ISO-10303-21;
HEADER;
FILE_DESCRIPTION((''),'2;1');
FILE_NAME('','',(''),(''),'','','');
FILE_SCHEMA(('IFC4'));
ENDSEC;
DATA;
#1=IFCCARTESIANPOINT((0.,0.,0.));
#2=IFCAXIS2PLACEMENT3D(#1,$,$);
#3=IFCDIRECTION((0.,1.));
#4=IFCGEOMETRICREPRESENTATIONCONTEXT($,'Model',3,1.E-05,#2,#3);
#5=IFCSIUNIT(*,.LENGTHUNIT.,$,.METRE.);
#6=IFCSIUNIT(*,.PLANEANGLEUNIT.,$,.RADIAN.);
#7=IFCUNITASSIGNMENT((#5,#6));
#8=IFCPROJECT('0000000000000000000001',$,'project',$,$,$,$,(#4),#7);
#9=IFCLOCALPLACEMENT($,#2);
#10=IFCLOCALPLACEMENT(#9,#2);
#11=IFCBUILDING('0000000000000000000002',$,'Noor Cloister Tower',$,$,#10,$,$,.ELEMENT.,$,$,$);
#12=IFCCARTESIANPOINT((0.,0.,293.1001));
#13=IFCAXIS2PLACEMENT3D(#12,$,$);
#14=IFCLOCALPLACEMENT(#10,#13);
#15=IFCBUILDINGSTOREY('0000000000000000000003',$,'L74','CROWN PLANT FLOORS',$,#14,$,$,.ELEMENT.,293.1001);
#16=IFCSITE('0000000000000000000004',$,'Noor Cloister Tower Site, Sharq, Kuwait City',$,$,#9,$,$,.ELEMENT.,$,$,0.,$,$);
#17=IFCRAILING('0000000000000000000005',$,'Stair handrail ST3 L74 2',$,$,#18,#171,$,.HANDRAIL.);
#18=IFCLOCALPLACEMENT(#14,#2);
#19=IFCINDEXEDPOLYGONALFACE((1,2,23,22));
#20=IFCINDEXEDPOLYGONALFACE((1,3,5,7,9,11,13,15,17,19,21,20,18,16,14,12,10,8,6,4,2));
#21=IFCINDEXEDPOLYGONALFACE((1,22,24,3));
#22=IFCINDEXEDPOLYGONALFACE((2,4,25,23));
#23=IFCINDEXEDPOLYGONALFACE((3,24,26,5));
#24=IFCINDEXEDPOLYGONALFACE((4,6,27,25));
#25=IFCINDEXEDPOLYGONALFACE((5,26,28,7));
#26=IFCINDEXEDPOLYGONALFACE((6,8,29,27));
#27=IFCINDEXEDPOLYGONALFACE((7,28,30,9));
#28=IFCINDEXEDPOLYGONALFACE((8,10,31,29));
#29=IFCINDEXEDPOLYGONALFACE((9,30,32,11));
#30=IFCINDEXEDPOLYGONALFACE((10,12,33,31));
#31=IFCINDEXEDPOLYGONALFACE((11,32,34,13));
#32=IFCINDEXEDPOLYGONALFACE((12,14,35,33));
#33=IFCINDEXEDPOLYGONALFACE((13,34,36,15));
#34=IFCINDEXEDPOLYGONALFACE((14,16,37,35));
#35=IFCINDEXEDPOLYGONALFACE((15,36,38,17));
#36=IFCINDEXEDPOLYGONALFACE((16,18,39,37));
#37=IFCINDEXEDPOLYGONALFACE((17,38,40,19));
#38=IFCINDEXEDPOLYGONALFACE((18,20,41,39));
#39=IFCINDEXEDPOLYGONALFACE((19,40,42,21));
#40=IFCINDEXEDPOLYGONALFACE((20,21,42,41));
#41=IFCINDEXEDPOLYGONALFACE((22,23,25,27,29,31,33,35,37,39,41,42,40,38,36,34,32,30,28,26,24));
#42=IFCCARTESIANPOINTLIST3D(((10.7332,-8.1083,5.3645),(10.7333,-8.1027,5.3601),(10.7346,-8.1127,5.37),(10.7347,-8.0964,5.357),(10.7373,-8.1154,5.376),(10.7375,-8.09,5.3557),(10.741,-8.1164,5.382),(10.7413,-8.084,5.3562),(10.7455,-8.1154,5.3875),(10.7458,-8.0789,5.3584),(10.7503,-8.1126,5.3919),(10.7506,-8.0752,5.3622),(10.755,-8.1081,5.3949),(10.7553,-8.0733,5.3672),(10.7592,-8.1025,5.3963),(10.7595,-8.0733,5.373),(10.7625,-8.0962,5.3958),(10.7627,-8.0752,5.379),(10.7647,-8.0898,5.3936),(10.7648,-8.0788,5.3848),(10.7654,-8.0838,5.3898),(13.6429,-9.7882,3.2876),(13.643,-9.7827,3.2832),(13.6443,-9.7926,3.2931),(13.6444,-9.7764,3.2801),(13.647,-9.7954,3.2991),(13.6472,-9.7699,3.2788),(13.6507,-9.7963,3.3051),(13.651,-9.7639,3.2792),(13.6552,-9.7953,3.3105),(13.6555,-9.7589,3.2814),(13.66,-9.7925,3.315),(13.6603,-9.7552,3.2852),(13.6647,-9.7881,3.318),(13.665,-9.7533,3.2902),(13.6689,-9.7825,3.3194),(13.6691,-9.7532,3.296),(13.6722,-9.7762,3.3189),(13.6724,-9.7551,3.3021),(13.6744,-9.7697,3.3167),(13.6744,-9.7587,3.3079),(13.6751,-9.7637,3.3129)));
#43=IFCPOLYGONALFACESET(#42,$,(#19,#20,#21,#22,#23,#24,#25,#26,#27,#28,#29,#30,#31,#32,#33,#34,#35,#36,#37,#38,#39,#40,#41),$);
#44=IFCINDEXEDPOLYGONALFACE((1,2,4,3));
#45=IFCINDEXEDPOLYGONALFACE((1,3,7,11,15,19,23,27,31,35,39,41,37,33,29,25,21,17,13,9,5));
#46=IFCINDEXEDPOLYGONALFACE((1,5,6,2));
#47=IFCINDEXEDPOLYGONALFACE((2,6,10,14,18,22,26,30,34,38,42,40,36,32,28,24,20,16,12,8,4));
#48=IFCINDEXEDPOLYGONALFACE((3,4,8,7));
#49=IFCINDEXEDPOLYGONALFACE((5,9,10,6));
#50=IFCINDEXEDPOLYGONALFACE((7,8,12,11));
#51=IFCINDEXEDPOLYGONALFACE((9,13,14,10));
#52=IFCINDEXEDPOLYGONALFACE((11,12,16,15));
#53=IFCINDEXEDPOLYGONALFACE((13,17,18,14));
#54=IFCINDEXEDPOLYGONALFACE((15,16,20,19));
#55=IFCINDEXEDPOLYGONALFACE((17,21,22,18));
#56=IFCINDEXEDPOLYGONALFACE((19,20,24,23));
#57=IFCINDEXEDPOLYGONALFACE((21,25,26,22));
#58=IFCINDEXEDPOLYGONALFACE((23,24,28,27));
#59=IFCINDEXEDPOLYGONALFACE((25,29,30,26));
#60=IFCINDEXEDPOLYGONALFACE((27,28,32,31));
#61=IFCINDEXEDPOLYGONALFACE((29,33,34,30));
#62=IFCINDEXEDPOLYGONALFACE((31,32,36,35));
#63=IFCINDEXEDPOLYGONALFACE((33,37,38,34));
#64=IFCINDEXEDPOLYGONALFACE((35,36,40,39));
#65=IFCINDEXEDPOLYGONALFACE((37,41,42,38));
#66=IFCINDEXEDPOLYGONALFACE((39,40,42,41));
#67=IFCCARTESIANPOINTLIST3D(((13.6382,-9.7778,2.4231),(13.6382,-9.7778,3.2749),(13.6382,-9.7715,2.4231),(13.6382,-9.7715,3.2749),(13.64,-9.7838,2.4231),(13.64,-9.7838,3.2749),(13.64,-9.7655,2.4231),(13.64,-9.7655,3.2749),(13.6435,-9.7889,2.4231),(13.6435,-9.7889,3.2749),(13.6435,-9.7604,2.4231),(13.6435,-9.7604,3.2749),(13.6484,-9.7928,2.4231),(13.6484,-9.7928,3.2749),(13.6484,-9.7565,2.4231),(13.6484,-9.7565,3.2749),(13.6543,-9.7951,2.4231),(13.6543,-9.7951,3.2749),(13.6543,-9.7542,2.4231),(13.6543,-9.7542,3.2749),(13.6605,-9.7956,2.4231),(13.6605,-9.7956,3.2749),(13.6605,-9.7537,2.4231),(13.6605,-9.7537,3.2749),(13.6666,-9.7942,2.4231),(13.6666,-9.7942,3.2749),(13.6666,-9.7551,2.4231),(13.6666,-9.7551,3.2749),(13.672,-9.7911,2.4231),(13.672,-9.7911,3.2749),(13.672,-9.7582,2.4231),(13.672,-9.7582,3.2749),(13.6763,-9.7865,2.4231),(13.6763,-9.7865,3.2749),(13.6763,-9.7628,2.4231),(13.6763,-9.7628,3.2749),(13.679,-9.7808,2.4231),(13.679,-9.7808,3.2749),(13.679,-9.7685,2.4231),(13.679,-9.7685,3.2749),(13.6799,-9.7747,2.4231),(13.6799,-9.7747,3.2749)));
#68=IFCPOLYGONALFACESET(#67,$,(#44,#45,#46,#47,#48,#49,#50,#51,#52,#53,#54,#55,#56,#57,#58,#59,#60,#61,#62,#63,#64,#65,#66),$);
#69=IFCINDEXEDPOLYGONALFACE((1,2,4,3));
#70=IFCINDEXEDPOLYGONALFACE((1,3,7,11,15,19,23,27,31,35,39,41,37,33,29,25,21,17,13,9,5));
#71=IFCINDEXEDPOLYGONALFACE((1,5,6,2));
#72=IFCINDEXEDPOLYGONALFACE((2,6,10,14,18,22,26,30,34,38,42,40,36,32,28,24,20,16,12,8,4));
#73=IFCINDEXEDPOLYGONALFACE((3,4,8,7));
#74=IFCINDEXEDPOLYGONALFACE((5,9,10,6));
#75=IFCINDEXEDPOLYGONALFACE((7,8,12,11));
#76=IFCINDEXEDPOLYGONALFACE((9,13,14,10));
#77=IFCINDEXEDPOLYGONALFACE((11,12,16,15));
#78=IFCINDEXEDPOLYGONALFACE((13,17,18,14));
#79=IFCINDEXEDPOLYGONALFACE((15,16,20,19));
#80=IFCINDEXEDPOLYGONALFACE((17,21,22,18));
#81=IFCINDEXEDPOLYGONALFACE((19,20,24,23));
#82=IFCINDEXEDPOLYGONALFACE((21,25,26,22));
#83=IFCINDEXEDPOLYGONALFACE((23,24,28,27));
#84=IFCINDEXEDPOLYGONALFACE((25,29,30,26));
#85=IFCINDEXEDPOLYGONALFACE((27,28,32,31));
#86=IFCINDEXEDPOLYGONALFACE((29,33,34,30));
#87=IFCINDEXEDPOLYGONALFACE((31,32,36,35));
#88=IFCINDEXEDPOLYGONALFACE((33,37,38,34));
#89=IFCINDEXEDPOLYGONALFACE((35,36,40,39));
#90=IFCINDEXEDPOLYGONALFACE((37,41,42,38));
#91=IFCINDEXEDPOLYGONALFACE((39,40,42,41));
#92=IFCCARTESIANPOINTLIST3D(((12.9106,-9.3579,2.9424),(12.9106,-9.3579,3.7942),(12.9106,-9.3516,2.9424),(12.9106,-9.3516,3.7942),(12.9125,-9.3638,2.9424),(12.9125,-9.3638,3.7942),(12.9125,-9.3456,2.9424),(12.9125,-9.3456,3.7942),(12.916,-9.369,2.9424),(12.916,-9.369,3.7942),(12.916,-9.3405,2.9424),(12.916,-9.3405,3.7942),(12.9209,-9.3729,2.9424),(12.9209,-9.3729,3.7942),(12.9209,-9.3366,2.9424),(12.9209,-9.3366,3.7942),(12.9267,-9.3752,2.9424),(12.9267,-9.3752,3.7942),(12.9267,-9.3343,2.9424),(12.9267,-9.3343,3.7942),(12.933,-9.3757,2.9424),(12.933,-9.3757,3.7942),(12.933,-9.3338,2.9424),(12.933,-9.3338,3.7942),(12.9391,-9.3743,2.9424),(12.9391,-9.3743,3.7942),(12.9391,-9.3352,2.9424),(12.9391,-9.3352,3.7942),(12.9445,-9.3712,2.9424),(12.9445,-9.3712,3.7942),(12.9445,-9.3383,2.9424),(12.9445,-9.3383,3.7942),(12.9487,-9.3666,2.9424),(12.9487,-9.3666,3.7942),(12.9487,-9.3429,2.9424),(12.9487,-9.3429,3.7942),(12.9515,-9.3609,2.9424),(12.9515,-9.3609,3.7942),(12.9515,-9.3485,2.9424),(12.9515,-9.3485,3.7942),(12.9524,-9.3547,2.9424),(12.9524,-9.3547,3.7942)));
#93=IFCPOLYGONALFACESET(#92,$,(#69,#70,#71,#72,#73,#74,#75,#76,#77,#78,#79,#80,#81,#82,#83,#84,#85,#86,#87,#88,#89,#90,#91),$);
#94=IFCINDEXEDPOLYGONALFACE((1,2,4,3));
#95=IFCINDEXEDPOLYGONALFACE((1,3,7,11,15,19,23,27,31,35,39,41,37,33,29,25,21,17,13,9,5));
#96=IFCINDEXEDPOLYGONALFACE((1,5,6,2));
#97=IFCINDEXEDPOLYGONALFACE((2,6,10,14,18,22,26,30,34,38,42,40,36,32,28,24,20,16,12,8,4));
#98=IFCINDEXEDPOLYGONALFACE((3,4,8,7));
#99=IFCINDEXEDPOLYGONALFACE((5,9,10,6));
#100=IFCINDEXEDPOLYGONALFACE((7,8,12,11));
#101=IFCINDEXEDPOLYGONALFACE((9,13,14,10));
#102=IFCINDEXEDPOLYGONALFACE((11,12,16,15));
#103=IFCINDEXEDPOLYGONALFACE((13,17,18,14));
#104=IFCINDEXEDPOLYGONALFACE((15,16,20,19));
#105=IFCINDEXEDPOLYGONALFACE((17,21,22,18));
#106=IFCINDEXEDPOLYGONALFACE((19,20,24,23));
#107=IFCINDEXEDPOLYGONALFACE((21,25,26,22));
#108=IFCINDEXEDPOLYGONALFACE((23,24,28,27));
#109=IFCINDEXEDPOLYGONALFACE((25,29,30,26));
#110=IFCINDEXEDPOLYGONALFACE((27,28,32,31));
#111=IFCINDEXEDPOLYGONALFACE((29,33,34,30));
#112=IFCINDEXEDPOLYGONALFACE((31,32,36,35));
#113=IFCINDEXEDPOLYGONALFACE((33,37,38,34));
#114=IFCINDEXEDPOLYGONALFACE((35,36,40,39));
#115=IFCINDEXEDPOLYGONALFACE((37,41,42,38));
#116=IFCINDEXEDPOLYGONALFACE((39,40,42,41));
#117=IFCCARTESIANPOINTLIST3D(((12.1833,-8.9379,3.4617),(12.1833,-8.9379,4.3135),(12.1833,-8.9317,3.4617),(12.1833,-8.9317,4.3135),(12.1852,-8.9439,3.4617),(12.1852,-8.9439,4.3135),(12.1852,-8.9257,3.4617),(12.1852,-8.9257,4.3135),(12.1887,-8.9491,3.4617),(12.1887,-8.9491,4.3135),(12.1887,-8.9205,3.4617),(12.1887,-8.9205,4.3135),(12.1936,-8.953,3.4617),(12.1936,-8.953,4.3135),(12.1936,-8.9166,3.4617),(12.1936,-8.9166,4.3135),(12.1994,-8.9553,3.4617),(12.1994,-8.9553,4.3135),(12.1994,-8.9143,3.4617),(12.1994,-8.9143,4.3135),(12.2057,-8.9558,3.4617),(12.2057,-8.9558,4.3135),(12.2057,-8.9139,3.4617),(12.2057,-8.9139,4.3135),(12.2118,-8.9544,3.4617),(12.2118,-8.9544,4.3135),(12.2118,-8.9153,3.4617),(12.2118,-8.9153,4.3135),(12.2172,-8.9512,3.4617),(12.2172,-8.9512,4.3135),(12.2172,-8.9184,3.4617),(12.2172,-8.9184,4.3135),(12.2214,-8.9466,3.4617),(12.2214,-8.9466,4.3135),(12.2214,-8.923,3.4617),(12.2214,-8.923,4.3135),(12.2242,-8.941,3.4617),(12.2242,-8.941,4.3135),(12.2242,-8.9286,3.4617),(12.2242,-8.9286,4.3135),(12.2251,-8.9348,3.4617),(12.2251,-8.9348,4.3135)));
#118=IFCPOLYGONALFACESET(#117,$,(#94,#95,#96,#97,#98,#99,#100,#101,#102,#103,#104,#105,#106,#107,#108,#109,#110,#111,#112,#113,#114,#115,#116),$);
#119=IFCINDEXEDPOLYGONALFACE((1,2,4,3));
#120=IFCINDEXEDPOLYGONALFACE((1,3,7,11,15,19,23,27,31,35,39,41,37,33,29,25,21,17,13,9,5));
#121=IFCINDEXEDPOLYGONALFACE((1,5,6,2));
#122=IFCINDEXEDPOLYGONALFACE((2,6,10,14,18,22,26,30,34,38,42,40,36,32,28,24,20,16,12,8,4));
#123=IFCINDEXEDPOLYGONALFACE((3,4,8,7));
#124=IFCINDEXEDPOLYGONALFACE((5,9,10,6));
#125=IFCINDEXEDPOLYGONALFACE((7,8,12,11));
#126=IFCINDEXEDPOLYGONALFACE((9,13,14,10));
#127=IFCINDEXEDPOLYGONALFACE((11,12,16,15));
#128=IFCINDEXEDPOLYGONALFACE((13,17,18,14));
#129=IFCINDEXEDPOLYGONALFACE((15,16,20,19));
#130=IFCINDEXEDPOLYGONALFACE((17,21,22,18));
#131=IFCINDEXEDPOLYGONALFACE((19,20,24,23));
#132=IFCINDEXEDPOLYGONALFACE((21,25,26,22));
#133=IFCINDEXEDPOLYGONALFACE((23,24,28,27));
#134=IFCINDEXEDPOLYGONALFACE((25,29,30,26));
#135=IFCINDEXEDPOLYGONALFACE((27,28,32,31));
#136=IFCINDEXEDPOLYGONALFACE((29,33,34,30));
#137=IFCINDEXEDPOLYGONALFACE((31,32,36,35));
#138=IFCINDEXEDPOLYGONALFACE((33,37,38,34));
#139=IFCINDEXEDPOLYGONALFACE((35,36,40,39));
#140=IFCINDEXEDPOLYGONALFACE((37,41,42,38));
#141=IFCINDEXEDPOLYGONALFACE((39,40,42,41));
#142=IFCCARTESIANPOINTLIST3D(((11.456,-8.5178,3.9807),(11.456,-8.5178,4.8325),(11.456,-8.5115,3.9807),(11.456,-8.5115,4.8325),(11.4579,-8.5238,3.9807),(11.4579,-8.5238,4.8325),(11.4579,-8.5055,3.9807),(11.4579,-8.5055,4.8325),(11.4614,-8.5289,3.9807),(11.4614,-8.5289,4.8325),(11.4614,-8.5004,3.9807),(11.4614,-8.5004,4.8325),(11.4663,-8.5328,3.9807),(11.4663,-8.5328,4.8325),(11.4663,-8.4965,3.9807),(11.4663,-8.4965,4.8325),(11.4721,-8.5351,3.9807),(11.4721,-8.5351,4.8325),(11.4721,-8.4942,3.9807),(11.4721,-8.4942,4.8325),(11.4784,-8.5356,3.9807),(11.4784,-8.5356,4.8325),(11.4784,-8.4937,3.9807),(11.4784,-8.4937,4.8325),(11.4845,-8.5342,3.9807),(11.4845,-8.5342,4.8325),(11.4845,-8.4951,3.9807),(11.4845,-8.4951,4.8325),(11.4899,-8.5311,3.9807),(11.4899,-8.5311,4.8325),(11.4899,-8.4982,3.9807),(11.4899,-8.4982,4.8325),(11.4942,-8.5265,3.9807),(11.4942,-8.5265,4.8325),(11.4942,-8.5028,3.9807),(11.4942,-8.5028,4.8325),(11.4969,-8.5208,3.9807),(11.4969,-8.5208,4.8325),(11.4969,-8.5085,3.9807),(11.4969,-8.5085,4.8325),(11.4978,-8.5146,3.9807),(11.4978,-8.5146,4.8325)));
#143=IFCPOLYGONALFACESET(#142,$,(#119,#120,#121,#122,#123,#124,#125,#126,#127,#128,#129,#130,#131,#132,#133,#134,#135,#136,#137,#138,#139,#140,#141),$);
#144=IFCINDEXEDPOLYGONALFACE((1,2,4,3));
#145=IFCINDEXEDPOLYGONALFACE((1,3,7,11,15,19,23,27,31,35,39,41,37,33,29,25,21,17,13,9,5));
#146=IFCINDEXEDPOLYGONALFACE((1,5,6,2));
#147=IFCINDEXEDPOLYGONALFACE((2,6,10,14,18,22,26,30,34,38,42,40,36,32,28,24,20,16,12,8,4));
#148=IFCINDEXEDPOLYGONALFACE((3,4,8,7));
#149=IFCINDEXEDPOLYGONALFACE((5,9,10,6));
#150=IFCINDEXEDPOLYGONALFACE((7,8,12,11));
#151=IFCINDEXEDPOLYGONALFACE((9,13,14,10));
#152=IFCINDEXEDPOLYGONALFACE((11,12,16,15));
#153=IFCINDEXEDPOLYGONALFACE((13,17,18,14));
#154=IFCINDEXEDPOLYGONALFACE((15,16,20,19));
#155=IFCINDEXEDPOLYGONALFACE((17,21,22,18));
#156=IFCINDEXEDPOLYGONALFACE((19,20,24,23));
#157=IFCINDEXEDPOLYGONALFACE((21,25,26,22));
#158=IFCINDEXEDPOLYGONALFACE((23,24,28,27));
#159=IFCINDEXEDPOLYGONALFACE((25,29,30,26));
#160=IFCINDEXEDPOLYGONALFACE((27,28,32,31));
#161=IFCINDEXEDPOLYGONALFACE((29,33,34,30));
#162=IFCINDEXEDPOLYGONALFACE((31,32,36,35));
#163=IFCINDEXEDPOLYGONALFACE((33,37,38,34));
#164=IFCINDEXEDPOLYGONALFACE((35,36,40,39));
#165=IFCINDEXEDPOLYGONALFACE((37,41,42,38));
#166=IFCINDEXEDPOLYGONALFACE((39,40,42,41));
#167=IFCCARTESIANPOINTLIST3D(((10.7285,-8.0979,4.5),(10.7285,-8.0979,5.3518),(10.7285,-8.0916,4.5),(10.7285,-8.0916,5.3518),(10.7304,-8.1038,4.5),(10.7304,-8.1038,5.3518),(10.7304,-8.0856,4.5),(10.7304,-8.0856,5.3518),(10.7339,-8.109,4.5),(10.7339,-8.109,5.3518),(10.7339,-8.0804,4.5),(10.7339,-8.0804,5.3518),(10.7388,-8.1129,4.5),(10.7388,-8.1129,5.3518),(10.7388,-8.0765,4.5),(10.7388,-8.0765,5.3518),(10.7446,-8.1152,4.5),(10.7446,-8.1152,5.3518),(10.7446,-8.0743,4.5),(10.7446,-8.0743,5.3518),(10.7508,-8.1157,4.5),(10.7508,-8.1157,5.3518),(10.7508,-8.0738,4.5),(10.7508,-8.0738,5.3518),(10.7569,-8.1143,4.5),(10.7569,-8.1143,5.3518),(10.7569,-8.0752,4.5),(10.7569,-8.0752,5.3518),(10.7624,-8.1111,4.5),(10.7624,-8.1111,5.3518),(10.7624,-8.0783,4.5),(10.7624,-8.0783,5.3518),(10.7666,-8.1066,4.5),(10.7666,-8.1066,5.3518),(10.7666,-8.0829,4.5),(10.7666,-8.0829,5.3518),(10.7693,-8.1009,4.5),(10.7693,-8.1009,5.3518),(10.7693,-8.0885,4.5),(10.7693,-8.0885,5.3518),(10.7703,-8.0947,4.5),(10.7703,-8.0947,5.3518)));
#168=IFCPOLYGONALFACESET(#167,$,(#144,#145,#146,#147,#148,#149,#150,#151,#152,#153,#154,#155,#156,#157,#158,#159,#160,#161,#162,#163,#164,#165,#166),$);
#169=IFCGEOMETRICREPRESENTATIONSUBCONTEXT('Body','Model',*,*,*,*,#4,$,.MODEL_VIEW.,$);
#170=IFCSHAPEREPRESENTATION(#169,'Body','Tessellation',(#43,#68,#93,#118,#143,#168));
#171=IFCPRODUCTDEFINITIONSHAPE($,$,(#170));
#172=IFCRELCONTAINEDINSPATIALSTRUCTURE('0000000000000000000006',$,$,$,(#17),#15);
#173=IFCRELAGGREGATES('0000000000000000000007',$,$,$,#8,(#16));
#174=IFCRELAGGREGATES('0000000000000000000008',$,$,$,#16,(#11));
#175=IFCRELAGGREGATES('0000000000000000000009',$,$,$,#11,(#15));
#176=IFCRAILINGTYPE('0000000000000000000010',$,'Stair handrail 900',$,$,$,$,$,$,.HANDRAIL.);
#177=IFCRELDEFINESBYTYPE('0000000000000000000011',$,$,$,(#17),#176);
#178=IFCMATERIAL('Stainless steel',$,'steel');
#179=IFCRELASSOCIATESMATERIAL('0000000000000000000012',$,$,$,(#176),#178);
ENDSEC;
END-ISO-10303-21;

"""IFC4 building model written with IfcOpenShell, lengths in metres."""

from ifc_helpers import new_model, si_unit, direction, frame, origin, origin_2d, place, context, subcontext, project, spatial, circle, extrude, material, type_object, element, save


model = new_model("IFC4")

# Units and contexts
model_context = context("Model", 3, precision=1e-05, world=origin(), true_north=direction((0.0, 1.0)))
body_context = subcontext(model_context, "Body", "Model", "MODEL_VIEW")
ifc_project = project(units=[si_unit("LENGTHUNIT", "METRE"), si_unit("PLANEANGLEUNIT", "RADIAN")], contexts=[model_context])

# Site, building, storey
site_placement = place(None, origin())
site = spatial("IfcSite", under=ifc_project, at=site_placement, Name="Noor Cloister Tower Site, Sharq, Kuwait City", CompositionType="ELEMENT", RefElevation=0.0)
building_placement = place(site_placement, origin())
building = spatial("IfcBuilding", under=site, at=building_placement, Name="Noor Cloister Tower", CompositionType="ELEMENT")
storey_placement = place(building_placement, frame((0.0, 0.0, 293.1001)))
storey = spatial("IfcBuildingStorey", under=building, at=storey_placement, Name="L74", Description="CROWN PLANT FLOORS", CompositionType="ELEMENT", Elevation=293.1001)

# Railing
ifc_material_1 = material(Name="Stainless steel", Category="steel")
railing_type_1 = type_object("IfcRailingType", Name="Stair handrail 900", PredefinedType="HANDRAIL", material=ifc_material_1)
railing_1_placement = place(storey_placement, frame((13.6589, -9.7747, 2.4231)))
element("IfcRailing", 1, at=railing_1_placement, inside=storey, type_object=railing_type_1, Name="Stair handrail ST3 L74 2", PredefinedType="HANDRAIL", context=body_context, shape_type="SweptSolid", body=[
    extrude(circle(Radius=0.0239, at=origin_2d()), frame((0.0, 0.0, 0.876), z_axis=(-0.73664, 0.425308, 0.525809), x_axis=(-0.500008, -0.866021, 0.0)), (0.0, 0.0, 1.0), 3.95),
    extrude(circle(Radius=0.021, at=origin_2d()), origin(), (0.0, 0.0, 1.0), 0.8518),
    extrude(circle(Radius=0.021, at=origin_2d()), frame((-0.7275, 0.4199, 0.5193)), (0.0, 0.0, 1.0), 0.8518),
    extrude(circle(Radius=0.021, at=origin_2d()), frame((-1.4548, 0.8398, 1.0386)), (0.0, 0.0, 1.0), 0.8518),
    extrude(circle(Radius=0.021, at=origin_2d()), frame((-2.1821, 1.26, 1.5576)), (0.0, 0.0, 1.0), 0.8518),
    extrude(circle(Radius=0.021, at=origin_2d()), frame((-2.9097, 1.6799, 2.0769)), (0.0, 0.0, 1.0), 0.8518),
])

save(model, "model.ifc")
